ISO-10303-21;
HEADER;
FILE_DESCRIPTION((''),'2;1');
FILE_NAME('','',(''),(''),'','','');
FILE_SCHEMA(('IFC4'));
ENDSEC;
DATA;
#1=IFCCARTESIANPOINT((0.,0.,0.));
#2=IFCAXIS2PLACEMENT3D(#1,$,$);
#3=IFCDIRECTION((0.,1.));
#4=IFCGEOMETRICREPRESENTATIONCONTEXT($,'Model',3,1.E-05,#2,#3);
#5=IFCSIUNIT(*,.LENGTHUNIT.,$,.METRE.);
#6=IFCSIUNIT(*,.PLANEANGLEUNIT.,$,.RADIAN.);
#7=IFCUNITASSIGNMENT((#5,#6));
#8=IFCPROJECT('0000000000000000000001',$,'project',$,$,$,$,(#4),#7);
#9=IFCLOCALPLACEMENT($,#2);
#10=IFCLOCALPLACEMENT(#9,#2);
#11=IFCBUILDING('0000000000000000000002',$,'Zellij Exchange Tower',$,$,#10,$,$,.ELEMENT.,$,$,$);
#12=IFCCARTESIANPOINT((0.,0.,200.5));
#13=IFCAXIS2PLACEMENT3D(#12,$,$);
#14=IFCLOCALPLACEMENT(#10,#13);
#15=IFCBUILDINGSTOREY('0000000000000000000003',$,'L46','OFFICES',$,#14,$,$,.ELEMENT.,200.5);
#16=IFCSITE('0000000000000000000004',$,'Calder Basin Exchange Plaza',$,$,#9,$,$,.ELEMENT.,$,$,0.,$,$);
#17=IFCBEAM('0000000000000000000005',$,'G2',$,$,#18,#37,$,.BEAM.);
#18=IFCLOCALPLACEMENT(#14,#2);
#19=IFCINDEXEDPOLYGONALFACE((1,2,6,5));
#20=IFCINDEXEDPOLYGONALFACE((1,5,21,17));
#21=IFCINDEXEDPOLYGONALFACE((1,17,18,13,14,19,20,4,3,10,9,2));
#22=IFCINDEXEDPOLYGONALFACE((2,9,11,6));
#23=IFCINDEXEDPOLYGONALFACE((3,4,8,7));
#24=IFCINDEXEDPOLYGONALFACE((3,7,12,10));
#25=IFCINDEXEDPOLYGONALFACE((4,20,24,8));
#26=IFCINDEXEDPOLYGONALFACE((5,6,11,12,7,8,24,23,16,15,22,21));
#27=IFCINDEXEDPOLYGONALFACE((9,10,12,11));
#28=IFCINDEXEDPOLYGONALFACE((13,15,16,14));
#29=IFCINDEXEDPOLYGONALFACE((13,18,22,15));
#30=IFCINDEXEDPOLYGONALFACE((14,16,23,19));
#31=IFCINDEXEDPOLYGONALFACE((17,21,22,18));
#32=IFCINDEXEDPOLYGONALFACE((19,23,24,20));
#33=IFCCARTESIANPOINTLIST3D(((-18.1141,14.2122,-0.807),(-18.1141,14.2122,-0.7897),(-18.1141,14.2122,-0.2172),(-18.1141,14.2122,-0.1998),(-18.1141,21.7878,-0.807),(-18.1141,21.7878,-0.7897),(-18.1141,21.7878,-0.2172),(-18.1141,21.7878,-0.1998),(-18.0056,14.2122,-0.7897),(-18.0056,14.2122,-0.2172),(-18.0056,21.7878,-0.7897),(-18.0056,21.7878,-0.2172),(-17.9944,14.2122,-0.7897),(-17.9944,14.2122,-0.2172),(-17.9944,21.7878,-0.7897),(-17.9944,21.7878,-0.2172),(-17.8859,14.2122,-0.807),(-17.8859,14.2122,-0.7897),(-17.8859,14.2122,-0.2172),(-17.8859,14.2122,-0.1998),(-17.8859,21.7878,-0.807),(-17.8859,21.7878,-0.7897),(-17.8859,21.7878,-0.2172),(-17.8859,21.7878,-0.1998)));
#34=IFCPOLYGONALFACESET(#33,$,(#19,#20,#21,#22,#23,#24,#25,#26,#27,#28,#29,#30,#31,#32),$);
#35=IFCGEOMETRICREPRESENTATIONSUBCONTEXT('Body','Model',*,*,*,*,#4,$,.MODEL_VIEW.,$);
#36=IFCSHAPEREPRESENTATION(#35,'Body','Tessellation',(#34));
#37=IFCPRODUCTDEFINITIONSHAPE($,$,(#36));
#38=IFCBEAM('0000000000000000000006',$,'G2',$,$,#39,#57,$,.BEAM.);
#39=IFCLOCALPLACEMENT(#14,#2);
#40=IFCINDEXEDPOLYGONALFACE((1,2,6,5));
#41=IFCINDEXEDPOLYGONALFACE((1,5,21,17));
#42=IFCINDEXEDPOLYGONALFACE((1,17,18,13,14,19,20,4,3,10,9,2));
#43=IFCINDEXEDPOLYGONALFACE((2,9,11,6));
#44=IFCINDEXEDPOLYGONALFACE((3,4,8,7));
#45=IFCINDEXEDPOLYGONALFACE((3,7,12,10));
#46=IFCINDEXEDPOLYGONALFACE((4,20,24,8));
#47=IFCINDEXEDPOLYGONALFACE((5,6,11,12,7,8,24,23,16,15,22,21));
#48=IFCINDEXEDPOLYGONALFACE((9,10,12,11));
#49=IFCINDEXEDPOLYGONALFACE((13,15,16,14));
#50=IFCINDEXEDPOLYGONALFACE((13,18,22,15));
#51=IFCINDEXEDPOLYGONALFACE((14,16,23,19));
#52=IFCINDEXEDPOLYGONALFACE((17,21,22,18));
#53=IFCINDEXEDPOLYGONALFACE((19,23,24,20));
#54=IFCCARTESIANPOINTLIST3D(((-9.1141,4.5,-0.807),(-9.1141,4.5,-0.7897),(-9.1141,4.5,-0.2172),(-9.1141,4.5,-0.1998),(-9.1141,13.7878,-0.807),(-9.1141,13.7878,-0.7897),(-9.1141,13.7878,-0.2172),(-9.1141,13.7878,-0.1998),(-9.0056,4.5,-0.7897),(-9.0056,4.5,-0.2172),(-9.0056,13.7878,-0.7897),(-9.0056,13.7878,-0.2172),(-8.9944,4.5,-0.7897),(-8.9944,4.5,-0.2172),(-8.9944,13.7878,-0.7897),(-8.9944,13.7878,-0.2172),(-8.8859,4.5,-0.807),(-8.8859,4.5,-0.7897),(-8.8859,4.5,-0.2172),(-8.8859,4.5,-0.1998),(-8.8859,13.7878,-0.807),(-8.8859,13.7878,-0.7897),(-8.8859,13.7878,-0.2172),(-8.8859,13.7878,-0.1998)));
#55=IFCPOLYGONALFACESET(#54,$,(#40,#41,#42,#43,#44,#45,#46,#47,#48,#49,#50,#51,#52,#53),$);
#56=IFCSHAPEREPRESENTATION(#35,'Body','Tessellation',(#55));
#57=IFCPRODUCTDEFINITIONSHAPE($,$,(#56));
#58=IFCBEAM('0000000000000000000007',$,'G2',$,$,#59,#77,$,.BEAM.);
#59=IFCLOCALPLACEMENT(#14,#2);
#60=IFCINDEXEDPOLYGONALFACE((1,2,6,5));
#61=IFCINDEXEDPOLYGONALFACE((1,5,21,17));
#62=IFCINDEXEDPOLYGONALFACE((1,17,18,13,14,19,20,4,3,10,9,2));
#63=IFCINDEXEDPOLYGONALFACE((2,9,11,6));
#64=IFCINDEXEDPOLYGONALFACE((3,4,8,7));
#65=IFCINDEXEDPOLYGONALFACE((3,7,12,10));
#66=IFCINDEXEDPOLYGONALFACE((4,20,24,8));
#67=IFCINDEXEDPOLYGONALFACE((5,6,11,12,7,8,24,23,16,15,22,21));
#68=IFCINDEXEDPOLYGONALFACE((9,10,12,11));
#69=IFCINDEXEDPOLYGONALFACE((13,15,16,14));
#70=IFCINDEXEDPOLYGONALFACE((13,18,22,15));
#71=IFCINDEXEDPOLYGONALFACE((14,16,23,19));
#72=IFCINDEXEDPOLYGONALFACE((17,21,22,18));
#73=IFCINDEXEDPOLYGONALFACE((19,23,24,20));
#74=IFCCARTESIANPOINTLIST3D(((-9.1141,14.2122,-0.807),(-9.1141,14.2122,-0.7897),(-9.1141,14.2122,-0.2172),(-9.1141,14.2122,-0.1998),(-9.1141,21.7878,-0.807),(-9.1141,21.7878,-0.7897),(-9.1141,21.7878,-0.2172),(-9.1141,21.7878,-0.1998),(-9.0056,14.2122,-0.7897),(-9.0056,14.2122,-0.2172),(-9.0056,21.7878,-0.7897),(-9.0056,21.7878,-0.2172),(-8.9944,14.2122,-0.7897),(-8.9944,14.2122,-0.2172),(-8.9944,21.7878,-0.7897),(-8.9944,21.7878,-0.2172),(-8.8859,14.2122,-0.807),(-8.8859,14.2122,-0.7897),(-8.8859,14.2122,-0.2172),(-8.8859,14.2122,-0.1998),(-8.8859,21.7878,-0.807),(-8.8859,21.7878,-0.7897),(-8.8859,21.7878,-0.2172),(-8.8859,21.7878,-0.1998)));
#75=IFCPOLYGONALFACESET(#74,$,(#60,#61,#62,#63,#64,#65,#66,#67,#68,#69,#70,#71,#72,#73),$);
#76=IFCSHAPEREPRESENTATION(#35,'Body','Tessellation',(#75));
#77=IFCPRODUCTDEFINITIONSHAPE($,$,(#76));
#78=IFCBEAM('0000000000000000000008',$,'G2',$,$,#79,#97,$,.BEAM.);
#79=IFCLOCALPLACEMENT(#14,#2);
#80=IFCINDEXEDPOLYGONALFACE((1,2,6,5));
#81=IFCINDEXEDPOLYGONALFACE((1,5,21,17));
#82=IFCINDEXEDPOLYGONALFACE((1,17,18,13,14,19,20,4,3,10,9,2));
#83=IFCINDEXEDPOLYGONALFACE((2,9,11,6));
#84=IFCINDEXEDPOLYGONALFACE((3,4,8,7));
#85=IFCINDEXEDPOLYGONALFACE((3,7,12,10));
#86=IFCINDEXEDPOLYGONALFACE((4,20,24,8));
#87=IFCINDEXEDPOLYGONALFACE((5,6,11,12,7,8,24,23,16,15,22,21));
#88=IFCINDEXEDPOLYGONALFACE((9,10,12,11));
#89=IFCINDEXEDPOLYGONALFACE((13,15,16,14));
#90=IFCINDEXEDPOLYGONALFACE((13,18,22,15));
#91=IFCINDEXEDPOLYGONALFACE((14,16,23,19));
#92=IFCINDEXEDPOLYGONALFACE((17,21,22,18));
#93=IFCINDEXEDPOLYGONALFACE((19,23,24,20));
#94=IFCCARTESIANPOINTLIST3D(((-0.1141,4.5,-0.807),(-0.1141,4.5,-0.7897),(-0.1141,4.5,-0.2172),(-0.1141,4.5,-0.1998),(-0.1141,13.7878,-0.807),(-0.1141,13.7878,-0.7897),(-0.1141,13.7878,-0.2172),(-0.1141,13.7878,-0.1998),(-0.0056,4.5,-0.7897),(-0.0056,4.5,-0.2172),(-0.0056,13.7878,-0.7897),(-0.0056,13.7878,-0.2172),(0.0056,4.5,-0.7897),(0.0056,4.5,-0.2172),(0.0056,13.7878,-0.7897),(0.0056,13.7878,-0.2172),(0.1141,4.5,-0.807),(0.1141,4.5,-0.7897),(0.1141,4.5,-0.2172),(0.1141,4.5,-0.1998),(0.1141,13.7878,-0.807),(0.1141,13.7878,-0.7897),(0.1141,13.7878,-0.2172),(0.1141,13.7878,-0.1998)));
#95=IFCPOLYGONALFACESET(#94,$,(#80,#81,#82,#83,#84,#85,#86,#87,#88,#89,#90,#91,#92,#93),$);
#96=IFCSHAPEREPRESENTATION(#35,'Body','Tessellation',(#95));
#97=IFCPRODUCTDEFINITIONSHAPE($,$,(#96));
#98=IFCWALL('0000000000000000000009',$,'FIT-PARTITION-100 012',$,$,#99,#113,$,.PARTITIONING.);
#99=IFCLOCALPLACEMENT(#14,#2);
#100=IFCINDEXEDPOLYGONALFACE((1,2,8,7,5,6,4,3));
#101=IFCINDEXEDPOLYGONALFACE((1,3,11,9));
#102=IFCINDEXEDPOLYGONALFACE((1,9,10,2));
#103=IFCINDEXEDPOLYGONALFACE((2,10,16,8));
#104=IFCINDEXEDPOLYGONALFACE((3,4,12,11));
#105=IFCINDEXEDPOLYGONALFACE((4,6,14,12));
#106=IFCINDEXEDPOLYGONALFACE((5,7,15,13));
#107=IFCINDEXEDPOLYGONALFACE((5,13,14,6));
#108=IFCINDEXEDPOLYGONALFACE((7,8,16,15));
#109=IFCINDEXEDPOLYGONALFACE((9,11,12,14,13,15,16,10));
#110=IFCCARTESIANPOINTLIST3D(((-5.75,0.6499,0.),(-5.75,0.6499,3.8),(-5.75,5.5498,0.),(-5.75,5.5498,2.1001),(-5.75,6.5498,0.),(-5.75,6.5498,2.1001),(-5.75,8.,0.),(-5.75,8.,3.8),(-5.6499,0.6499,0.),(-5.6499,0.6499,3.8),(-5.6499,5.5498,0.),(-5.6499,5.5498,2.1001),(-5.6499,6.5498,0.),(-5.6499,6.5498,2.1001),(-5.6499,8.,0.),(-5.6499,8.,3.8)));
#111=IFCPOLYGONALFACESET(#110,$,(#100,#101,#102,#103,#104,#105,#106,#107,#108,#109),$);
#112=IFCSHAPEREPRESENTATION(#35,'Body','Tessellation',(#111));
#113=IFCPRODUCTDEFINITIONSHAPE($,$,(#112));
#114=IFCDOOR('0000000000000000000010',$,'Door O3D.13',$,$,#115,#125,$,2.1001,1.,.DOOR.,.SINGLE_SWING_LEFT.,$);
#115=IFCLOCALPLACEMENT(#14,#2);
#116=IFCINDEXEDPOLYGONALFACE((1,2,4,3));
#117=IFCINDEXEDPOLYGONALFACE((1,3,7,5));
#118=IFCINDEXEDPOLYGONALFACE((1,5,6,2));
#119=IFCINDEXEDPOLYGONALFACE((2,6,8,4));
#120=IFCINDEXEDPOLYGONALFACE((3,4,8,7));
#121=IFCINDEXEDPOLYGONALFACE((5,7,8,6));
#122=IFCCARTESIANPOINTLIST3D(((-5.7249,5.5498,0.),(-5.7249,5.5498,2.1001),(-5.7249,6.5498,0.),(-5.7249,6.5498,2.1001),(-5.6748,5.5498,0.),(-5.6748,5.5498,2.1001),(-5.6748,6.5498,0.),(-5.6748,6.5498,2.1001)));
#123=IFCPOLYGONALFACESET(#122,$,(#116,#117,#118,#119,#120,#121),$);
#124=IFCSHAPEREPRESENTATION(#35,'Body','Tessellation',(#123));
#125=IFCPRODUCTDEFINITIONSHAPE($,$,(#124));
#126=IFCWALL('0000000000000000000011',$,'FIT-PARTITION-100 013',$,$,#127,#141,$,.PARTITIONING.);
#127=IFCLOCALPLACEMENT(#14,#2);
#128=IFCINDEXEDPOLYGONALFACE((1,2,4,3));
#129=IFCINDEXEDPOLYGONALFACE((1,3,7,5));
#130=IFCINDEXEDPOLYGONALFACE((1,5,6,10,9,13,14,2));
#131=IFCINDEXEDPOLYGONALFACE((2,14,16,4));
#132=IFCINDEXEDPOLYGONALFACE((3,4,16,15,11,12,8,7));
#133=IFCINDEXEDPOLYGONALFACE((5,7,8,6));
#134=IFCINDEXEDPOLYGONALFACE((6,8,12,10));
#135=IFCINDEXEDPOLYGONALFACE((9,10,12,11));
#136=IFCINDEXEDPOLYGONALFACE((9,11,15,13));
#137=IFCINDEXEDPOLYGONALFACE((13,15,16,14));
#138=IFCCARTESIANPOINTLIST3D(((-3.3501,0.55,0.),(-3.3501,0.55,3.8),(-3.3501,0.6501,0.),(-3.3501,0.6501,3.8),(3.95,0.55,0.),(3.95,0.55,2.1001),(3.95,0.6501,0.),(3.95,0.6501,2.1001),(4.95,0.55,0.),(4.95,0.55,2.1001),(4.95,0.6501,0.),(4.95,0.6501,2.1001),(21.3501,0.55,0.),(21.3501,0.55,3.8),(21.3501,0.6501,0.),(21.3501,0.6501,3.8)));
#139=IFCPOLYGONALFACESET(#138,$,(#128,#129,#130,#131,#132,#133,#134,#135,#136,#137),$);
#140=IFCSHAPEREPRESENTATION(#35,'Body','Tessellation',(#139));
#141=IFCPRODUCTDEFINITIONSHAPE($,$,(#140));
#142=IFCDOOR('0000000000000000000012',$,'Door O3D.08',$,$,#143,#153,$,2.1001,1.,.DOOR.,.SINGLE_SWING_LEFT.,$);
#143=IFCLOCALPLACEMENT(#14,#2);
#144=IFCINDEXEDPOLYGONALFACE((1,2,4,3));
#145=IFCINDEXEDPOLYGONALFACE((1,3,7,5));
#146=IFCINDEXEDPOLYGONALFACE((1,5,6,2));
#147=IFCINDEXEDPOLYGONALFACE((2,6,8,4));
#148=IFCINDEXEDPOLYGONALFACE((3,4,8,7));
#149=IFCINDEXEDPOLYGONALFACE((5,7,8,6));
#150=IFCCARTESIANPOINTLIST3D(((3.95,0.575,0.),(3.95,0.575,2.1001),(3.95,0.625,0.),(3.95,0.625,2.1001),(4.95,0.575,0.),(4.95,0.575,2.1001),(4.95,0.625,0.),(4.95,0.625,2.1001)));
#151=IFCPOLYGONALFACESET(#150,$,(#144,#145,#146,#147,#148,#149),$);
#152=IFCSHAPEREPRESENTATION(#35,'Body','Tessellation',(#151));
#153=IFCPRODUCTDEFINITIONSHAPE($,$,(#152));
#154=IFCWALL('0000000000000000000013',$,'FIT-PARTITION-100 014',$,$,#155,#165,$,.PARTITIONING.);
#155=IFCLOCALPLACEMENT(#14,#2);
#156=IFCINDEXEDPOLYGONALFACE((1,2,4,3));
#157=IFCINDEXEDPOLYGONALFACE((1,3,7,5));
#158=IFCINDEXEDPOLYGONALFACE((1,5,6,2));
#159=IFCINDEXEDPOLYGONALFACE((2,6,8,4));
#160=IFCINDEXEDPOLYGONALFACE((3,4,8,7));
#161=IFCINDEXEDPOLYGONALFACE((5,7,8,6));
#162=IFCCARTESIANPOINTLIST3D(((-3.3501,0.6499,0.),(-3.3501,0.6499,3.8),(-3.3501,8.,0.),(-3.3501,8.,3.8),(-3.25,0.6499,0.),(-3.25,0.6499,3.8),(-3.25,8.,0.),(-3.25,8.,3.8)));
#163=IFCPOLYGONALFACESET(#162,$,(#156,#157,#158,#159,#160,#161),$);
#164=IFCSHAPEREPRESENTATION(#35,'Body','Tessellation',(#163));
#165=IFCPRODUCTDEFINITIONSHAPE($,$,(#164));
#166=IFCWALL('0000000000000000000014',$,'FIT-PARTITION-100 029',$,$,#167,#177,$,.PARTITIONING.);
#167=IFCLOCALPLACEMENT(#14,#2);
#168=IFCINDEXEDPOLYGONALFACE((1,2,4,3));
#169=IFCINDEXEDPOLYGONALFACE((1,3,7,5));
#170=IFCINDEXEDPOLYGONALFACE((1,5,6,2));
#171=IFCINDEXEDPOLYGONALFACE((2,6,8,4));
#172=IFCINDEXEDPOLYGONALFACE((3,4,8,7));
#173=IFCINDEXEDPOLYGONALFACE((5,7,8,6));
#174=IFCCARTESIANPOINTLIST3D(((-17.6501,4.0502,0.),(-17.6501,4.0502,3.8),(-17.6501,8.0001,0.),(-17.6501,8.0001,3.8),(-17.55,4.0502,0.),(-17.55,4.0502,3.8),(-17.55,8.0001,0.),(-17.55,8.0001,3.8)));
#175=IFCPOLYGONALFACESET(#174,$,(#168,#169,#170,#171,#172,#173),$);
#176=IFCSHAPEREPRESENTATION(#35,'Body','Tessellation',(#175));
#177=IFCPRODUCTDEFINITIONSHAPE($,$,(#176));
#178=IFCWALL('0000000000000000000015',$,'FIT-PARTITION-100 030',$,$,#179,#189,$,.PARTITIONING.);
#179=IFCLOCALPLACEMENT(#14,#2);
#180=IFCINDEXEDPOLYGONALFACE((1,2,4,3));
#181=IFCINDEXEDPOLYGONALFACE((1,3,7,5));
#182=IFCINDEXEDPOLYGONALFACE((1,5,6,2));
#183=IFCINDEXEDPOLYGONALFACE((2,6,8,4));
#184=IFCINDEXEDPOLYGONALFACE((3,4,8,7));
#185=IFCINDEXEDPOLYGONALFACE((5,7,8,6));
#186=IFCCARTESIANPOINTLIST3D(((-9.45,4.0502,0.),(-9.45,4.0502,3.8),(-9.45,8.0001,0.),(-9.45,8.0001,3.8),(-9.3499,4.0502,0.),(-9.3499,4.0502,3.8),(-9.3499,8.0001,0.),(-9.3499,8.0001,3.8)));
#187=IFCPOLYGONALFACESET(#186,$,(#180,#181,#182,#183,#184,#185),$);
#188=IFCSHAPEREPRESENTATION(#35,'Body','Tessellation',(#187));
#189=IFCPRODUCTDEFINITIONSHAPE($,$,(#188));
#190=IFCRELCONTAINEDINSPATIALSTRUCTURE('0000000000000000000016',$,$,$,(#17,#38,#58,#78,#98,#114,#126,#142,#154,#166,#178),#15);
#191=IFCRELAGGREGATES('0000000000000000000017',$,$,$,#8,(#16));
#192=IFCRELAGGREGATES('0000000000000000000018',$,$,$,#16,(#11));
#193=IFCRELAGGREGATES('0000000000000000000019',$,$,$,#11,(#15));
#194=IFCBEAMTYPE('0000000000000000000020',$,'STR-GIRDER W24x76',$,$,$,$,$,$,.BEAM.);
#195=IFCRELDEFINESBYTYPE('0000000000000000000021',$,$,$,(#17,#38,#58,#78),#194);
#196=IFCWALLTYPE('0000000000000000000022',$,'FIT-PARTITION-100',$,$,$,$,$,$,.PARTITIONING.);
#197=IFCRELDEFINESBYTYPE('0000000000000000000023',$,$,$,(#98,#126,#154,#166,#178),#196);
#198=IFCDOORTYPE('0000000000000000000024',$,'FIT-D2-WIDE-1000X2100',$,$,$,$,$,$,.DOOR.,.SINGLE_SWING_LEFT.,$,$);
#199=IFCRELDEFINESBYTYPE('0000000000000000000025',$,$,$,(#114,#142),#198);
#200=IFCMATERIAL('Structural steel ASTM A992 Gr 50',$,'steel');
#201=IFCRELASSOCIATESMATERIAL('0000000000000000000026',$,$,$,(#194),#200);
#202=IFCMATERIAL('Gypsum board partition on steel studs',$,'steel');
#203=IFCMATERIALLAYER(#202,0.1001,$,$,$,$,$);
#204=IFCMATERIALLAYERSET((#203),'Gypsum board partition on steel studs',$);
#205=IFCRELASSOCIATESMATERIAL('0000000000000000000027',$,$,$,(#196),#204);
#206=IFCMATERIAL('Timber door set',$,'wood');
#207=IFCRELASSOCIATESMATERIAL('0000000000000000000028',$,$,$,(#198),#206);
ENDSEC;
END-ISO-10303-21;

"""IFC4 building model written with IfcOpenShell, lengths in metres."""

from ifc_helpers import new_model, si_unit, direction, frame, frame_2d, origin, origin_2d, place, context, subcontext, project, spatial, rectangle, i_section, extrude, material, layer, layer_set, material_profile, profile_set, type_object, element, fill, save


model = new_model("IFC4")

# Units and contexts
model_context = context("Model", 3, precision=1e-05, world=origin(), true_north=direction((0.0, 1.0)))
body_context = subcontext(model_context, "Body", "Model", "MODEL_VIEW")
ifc_project = project(units=[si_unit("LENGTHUNIT", "METRE"), si_unit("PLANEANGLEUNIT", "RADIAN")], contexts=[model_context])

# Site, building, storey
site_placement = place(None, origin())
site = spatial("IfcSite", under=ifc_project, at=site_placement, Name="Calder Basin Exchange Plaza", CompositionType="ELEMENT", RefElevation=0.0)
building_placement = place(site_placement, origin())
building = spatial("IfcBuilding", under=site, at=building_placement, Name="Zellij Exchange Tower", CompositionType="ELEMENT")
storey_placement = place(building_placement, frame((0.0, 0.0, 200.5)))
storey = spatial("IfcBuildingStorey", under=building, at=storey_placement, Name="L46", Description="OFFICES", CompositionType="ELEMENT", Elevation=200.5)

# Beams
ifc_material_1 = material(Name="Structural steel ASTM A992 Gr 50", Category="steel")
ifc_material_profile_1 = material_profile(ifc_material_1, i_section(OverallWidth=0.2283, OverallDepth=0.6072, WebThickness=0.0112, FlangeThickness=0.0173, at=origin_2d()), Name="W24x76")
ifc_profile_set_1 = profile_set([ifc_material_profile_1], Name="Structural steel ASTM A992 Gr 50")
beam_type = type_object("IfcBeamType", Name="STR-GIRDER W24x76", PredefinedType="BEAM", material=ifc_profile_set_1)
beam_1_placement = place(storey_placement, frame((-18.0, 14.2122, -0.5034), z_axis=(0.0, 1.0, 0.0), x_axis=(-1.0, 0.0, 0.0)))
element("IfcBeam", 1, at=beam_1_placement, inside=storey, type_object=beam_type, Name="G2", PredefinedType="BEAM", context=body_context, shape_type="SweptSolid", body=[
    extrude(i_section(OverallWidth=0.2283, OverallDepth=0.6072, WebThickness=0.0112, FlangeThickness=0.0173, at=origin_2d()), origin(), (0.0, 0.0, 1.0), 7.5757),
])
beam_2_placement = place(storey_placement, frame((-9.0, 4.5, -0.5034), z_axis=(0.0, 1.0, 0.0), x_axis=(-1.0, 0.0, 0.0)))
element("IfcBeam", 2, at=beam_2_placement, inside=storey, type_object=beam_type, Name="G2", PredefinedType="BEAM", context=body_context, shape_type="SweptSolid", body=[
    extrude(i_section(OverallWidth=0.2283, OverallDepth=0.6072, WebThickness=0.0112, FlangeThickness=0.0173, at=origin_2d()), origin(), (0.0, 0.0, 1.0), 9.2878),
])
beam_3_placement = place(storey_placement, frame((-9.0, 14.2122, -0.5034), z_axis=(0.0, 1.0, 0.0), x_axis=(-1.0, 0.0, 0.0)))
element("IfcBeam", 3, at=beam_3_placement, inside=storey, type_object=beam_type, Name="G2", PredefinedType="BEAM", context=body_context, shape_type="SweptSolid", body=[
    extrude(i_section(OverallWidth=0.2283, OverallDepth=0.6072, WebThickness=0.0112, FlangeThickness=0.0173, at=origin_2d()), origin(), (0.0, 0.0, 1.0), 7.5757),
])
beam_4_placement = place(storey_placement, frame((0.0, 4.5, -0.5034), z_axis=(0.0, 1.0, 0.0), x_axis=(-1.0, 0.0, 0.0)))
element("IfcBeam", 4, at=beam_4_placement, inside=storey, type_object=beam_type, Name="G2", PredefinedType="BEAM", context=body_context, shape_type="SweptSolid", body=[
    extrude(i_section(OverallWidth=0.2283, OverallDepth=0.6072, WebThickness=0.0112, FlangeThickness=0.0173, at=origin_2d()), origin(), (0.0, 0.0, 1.0), 9.2878),
])

# Walls, openings, doors
ifc_material_2 = material(Name="Gypsum board partition on steel studs", Category="steel")
ifc_layer = layer(ifc_material_2, 0.1001)
ifc_layer_set = layer_set([ifc_layer], Name="Gypsum board partition on steel studs")
wall_type = type_object("IfcWallType", Name="FIT-PARTITION-100", PredefinedType="PARTITIONING", material=ifc_layer_set)
wall_1_placement = place(storey_placement, frame((-5.7, 0.6499, 0.0), z_axis=(0.0, 0.0, 1.0), x_axis=(0.0, 1.0, 0.0)))
wall_1 = element("IfcWall", 5, at=wall_1_placement, inside=storey, type_object=wall_type, Name="FIT-PARTITION-100 012", PredefinedType="PARTITIONING", context=body_context, shape_type="SweptSolid", body=[
    extrude(rectangle(XDim=7.3501, YDim=0.1001, at=frame_2d((3.675, 0.0))), origin(), (0.0, 0.0, 1.0), 3.8),
])
opening_1_placement = place(wall_1_placement, frame((4.8999, 0.0, 0.0)))
opening_1 = element("IfcOpeningElement", 6, at=opening_1_placement, cuts=wall_1, PredefinedType="OPENING", context=body_context, shape_type="SweptSolid", body=[
    extrude(rectangle(XDim=1.0, YDim=2.1001, at=frame_2d((0.5, 1.05))), frame((0.0, 0.062, 0.0), z_axis=(0.0, -1.0, 0.0), x_axis=(1.0, 0.0, 0.0)), (0.0, 0.0, 1.0), 0.124),
])
ifc_material_3 = material(Name="Timber door set", Category="wood")
door_type = type_object("IfcDoorType", Name="FIT-D2-WIDE-1000X2100", OperationType="SINGLE_SWING_LEFT", PredefinedType="DOOR", material=ifc_material_3)
door_1_placement = place(opening_1_placement, origin())
door_1 = element("IfcDoor", 7, at=door_1_placement, inside=storey, type_object=door_type, Name="Door O3D.13", OperationType="SINGLE_SWING_LEFT", OverallHeight=2.1001, OverallWidth=1.0, PredefinedType="DOOR", context=body_context, shape_type="SweptSolid", body=[
    extrude(rectangle(XDim=1.0, YDim=2.1001, at=frame_2d((0.5, 1.05))), frame((0.0, 0.0249, 0.0), z_axis=(0.0, -1.0, 0.0), x_axis=(1.0, 0.0, 0.0)), (0.0, 0.0, 1.0), 0.05),
])
fill(opening_1, door_1)
wall_2_placement = place(storey_placement, frame((-3.3501, 0.6001, 0.0), z_axis=(0.0, 0.0, 1.0), x_axis=(1.0, 0.0, 0.0)))
wall_2 = element("IfcWall", 8, at=wall_2_placement, inside=storey, type_object=wall_type, Name="FIT-PARTITION-100 013", PredefinedType="PARTITIONING", context=body_context, shape_type="SweptSolid", body=[
    extrude(rectangle(XDim=24.7002, YDim=0.1001, at=frame_2d((12.3501, 0.0))), origin(), (0.0, 0.0, 1.0), 3.8),
])
opening_2_placement = place(wall_2_placement, frame((7.3, 0.0, 0.0)))
opening_2 = element("IfcOpeningElement", 9, at=opening_2_placement, cuts=wall_2, PredefinedType="OPENING", context=body_context, shape_type="SweptSolid", body=[
    extrude(rectangle(XDim=1.0, YDim=2.1001, at=frame_2d((0.5, 1.05))), frame((0.0, 0.062, 0.0), z_axis=(0.0, -1.0, 0.0), x_axis=(1.0, 0.0, 0.0)), (0.0, 0.0, 1.0), 0.124),
])
door_2_placement = place(opening_2_placement, origin())
door_2 = element("IfcDoor", 10, at=door_2_placement, inside=storey, type_object=door_type, Name="Door O3D.08", OperationType="SINGLE_SWING_LEFT", OverallHeight=2.1001, OverallWidth=1.0, PredefinedType="DOOR", context=body_context, shape_type="SweptSolid", body=[
    extrude(rectangle(XDim=1.0, YDim=2.1001, at=frame_2d((0.5, 1.05))), frame((0.0, 0.0249, 0.0), z_axis=(0.0, -1.0, 0.0), x_axis=(1.0, 0.0, 0.0)), (0.0, 0.0, 1.0), 0.05),
])
fill(opening_2, door_2)

# Walls
wall_3_placement = place(storey_placement, frame((-3.3, 0.6499, 0.0), z_axis=(0.0, 0.0, 1.0), x_axis=(0.0, 1.0, 0.0)))
element("IfcWall", 11, at=wall_3_placement, inside=storey, type_object=wall_type, Name="FIT-PARTITION-100 014", PredefinedType="PARTITIONING", context=body_context, shape_type="SweptSolid", body=[
    extrude(rectangle(XDim=7.3501, YDim=0.1001, at=frame_2d((3.675, 0.0))), origin(), (0.0, 0.0, 1.0), 3.8),
])
for number, where, z_axis, x_axis, name in (
    (12, (-17.6001, 4.05, 0.0), (0.0, 0.0, 1.0), (0.0, 1.0, 0.0), "FIT-PARTITION-100 029"),
    (13, (-9.3999, 4.05, 0.0), (0.0, 0.0, 1.0), (0.0, 1.0, 0.0), "FIT-PARTITION-100 030"),
):
    element("IfcWall", number, at=place(storey_placement, frame(where, z_axis=z_axis, x_axis=x_axis)), inside=storey, type_object=wall_type, Name=name, PredefinedType="PARTITIONING", context=body_context, shape_type="SweptSolid", body=[
        extrude(rectangle(XDim=3.95, YDim=0.1001, at=frame_2d((1.9751, 0.0))), origin(), (0.0, 0.0, 1.0), 3.8),
    ])

save(model, "model.ifc")
